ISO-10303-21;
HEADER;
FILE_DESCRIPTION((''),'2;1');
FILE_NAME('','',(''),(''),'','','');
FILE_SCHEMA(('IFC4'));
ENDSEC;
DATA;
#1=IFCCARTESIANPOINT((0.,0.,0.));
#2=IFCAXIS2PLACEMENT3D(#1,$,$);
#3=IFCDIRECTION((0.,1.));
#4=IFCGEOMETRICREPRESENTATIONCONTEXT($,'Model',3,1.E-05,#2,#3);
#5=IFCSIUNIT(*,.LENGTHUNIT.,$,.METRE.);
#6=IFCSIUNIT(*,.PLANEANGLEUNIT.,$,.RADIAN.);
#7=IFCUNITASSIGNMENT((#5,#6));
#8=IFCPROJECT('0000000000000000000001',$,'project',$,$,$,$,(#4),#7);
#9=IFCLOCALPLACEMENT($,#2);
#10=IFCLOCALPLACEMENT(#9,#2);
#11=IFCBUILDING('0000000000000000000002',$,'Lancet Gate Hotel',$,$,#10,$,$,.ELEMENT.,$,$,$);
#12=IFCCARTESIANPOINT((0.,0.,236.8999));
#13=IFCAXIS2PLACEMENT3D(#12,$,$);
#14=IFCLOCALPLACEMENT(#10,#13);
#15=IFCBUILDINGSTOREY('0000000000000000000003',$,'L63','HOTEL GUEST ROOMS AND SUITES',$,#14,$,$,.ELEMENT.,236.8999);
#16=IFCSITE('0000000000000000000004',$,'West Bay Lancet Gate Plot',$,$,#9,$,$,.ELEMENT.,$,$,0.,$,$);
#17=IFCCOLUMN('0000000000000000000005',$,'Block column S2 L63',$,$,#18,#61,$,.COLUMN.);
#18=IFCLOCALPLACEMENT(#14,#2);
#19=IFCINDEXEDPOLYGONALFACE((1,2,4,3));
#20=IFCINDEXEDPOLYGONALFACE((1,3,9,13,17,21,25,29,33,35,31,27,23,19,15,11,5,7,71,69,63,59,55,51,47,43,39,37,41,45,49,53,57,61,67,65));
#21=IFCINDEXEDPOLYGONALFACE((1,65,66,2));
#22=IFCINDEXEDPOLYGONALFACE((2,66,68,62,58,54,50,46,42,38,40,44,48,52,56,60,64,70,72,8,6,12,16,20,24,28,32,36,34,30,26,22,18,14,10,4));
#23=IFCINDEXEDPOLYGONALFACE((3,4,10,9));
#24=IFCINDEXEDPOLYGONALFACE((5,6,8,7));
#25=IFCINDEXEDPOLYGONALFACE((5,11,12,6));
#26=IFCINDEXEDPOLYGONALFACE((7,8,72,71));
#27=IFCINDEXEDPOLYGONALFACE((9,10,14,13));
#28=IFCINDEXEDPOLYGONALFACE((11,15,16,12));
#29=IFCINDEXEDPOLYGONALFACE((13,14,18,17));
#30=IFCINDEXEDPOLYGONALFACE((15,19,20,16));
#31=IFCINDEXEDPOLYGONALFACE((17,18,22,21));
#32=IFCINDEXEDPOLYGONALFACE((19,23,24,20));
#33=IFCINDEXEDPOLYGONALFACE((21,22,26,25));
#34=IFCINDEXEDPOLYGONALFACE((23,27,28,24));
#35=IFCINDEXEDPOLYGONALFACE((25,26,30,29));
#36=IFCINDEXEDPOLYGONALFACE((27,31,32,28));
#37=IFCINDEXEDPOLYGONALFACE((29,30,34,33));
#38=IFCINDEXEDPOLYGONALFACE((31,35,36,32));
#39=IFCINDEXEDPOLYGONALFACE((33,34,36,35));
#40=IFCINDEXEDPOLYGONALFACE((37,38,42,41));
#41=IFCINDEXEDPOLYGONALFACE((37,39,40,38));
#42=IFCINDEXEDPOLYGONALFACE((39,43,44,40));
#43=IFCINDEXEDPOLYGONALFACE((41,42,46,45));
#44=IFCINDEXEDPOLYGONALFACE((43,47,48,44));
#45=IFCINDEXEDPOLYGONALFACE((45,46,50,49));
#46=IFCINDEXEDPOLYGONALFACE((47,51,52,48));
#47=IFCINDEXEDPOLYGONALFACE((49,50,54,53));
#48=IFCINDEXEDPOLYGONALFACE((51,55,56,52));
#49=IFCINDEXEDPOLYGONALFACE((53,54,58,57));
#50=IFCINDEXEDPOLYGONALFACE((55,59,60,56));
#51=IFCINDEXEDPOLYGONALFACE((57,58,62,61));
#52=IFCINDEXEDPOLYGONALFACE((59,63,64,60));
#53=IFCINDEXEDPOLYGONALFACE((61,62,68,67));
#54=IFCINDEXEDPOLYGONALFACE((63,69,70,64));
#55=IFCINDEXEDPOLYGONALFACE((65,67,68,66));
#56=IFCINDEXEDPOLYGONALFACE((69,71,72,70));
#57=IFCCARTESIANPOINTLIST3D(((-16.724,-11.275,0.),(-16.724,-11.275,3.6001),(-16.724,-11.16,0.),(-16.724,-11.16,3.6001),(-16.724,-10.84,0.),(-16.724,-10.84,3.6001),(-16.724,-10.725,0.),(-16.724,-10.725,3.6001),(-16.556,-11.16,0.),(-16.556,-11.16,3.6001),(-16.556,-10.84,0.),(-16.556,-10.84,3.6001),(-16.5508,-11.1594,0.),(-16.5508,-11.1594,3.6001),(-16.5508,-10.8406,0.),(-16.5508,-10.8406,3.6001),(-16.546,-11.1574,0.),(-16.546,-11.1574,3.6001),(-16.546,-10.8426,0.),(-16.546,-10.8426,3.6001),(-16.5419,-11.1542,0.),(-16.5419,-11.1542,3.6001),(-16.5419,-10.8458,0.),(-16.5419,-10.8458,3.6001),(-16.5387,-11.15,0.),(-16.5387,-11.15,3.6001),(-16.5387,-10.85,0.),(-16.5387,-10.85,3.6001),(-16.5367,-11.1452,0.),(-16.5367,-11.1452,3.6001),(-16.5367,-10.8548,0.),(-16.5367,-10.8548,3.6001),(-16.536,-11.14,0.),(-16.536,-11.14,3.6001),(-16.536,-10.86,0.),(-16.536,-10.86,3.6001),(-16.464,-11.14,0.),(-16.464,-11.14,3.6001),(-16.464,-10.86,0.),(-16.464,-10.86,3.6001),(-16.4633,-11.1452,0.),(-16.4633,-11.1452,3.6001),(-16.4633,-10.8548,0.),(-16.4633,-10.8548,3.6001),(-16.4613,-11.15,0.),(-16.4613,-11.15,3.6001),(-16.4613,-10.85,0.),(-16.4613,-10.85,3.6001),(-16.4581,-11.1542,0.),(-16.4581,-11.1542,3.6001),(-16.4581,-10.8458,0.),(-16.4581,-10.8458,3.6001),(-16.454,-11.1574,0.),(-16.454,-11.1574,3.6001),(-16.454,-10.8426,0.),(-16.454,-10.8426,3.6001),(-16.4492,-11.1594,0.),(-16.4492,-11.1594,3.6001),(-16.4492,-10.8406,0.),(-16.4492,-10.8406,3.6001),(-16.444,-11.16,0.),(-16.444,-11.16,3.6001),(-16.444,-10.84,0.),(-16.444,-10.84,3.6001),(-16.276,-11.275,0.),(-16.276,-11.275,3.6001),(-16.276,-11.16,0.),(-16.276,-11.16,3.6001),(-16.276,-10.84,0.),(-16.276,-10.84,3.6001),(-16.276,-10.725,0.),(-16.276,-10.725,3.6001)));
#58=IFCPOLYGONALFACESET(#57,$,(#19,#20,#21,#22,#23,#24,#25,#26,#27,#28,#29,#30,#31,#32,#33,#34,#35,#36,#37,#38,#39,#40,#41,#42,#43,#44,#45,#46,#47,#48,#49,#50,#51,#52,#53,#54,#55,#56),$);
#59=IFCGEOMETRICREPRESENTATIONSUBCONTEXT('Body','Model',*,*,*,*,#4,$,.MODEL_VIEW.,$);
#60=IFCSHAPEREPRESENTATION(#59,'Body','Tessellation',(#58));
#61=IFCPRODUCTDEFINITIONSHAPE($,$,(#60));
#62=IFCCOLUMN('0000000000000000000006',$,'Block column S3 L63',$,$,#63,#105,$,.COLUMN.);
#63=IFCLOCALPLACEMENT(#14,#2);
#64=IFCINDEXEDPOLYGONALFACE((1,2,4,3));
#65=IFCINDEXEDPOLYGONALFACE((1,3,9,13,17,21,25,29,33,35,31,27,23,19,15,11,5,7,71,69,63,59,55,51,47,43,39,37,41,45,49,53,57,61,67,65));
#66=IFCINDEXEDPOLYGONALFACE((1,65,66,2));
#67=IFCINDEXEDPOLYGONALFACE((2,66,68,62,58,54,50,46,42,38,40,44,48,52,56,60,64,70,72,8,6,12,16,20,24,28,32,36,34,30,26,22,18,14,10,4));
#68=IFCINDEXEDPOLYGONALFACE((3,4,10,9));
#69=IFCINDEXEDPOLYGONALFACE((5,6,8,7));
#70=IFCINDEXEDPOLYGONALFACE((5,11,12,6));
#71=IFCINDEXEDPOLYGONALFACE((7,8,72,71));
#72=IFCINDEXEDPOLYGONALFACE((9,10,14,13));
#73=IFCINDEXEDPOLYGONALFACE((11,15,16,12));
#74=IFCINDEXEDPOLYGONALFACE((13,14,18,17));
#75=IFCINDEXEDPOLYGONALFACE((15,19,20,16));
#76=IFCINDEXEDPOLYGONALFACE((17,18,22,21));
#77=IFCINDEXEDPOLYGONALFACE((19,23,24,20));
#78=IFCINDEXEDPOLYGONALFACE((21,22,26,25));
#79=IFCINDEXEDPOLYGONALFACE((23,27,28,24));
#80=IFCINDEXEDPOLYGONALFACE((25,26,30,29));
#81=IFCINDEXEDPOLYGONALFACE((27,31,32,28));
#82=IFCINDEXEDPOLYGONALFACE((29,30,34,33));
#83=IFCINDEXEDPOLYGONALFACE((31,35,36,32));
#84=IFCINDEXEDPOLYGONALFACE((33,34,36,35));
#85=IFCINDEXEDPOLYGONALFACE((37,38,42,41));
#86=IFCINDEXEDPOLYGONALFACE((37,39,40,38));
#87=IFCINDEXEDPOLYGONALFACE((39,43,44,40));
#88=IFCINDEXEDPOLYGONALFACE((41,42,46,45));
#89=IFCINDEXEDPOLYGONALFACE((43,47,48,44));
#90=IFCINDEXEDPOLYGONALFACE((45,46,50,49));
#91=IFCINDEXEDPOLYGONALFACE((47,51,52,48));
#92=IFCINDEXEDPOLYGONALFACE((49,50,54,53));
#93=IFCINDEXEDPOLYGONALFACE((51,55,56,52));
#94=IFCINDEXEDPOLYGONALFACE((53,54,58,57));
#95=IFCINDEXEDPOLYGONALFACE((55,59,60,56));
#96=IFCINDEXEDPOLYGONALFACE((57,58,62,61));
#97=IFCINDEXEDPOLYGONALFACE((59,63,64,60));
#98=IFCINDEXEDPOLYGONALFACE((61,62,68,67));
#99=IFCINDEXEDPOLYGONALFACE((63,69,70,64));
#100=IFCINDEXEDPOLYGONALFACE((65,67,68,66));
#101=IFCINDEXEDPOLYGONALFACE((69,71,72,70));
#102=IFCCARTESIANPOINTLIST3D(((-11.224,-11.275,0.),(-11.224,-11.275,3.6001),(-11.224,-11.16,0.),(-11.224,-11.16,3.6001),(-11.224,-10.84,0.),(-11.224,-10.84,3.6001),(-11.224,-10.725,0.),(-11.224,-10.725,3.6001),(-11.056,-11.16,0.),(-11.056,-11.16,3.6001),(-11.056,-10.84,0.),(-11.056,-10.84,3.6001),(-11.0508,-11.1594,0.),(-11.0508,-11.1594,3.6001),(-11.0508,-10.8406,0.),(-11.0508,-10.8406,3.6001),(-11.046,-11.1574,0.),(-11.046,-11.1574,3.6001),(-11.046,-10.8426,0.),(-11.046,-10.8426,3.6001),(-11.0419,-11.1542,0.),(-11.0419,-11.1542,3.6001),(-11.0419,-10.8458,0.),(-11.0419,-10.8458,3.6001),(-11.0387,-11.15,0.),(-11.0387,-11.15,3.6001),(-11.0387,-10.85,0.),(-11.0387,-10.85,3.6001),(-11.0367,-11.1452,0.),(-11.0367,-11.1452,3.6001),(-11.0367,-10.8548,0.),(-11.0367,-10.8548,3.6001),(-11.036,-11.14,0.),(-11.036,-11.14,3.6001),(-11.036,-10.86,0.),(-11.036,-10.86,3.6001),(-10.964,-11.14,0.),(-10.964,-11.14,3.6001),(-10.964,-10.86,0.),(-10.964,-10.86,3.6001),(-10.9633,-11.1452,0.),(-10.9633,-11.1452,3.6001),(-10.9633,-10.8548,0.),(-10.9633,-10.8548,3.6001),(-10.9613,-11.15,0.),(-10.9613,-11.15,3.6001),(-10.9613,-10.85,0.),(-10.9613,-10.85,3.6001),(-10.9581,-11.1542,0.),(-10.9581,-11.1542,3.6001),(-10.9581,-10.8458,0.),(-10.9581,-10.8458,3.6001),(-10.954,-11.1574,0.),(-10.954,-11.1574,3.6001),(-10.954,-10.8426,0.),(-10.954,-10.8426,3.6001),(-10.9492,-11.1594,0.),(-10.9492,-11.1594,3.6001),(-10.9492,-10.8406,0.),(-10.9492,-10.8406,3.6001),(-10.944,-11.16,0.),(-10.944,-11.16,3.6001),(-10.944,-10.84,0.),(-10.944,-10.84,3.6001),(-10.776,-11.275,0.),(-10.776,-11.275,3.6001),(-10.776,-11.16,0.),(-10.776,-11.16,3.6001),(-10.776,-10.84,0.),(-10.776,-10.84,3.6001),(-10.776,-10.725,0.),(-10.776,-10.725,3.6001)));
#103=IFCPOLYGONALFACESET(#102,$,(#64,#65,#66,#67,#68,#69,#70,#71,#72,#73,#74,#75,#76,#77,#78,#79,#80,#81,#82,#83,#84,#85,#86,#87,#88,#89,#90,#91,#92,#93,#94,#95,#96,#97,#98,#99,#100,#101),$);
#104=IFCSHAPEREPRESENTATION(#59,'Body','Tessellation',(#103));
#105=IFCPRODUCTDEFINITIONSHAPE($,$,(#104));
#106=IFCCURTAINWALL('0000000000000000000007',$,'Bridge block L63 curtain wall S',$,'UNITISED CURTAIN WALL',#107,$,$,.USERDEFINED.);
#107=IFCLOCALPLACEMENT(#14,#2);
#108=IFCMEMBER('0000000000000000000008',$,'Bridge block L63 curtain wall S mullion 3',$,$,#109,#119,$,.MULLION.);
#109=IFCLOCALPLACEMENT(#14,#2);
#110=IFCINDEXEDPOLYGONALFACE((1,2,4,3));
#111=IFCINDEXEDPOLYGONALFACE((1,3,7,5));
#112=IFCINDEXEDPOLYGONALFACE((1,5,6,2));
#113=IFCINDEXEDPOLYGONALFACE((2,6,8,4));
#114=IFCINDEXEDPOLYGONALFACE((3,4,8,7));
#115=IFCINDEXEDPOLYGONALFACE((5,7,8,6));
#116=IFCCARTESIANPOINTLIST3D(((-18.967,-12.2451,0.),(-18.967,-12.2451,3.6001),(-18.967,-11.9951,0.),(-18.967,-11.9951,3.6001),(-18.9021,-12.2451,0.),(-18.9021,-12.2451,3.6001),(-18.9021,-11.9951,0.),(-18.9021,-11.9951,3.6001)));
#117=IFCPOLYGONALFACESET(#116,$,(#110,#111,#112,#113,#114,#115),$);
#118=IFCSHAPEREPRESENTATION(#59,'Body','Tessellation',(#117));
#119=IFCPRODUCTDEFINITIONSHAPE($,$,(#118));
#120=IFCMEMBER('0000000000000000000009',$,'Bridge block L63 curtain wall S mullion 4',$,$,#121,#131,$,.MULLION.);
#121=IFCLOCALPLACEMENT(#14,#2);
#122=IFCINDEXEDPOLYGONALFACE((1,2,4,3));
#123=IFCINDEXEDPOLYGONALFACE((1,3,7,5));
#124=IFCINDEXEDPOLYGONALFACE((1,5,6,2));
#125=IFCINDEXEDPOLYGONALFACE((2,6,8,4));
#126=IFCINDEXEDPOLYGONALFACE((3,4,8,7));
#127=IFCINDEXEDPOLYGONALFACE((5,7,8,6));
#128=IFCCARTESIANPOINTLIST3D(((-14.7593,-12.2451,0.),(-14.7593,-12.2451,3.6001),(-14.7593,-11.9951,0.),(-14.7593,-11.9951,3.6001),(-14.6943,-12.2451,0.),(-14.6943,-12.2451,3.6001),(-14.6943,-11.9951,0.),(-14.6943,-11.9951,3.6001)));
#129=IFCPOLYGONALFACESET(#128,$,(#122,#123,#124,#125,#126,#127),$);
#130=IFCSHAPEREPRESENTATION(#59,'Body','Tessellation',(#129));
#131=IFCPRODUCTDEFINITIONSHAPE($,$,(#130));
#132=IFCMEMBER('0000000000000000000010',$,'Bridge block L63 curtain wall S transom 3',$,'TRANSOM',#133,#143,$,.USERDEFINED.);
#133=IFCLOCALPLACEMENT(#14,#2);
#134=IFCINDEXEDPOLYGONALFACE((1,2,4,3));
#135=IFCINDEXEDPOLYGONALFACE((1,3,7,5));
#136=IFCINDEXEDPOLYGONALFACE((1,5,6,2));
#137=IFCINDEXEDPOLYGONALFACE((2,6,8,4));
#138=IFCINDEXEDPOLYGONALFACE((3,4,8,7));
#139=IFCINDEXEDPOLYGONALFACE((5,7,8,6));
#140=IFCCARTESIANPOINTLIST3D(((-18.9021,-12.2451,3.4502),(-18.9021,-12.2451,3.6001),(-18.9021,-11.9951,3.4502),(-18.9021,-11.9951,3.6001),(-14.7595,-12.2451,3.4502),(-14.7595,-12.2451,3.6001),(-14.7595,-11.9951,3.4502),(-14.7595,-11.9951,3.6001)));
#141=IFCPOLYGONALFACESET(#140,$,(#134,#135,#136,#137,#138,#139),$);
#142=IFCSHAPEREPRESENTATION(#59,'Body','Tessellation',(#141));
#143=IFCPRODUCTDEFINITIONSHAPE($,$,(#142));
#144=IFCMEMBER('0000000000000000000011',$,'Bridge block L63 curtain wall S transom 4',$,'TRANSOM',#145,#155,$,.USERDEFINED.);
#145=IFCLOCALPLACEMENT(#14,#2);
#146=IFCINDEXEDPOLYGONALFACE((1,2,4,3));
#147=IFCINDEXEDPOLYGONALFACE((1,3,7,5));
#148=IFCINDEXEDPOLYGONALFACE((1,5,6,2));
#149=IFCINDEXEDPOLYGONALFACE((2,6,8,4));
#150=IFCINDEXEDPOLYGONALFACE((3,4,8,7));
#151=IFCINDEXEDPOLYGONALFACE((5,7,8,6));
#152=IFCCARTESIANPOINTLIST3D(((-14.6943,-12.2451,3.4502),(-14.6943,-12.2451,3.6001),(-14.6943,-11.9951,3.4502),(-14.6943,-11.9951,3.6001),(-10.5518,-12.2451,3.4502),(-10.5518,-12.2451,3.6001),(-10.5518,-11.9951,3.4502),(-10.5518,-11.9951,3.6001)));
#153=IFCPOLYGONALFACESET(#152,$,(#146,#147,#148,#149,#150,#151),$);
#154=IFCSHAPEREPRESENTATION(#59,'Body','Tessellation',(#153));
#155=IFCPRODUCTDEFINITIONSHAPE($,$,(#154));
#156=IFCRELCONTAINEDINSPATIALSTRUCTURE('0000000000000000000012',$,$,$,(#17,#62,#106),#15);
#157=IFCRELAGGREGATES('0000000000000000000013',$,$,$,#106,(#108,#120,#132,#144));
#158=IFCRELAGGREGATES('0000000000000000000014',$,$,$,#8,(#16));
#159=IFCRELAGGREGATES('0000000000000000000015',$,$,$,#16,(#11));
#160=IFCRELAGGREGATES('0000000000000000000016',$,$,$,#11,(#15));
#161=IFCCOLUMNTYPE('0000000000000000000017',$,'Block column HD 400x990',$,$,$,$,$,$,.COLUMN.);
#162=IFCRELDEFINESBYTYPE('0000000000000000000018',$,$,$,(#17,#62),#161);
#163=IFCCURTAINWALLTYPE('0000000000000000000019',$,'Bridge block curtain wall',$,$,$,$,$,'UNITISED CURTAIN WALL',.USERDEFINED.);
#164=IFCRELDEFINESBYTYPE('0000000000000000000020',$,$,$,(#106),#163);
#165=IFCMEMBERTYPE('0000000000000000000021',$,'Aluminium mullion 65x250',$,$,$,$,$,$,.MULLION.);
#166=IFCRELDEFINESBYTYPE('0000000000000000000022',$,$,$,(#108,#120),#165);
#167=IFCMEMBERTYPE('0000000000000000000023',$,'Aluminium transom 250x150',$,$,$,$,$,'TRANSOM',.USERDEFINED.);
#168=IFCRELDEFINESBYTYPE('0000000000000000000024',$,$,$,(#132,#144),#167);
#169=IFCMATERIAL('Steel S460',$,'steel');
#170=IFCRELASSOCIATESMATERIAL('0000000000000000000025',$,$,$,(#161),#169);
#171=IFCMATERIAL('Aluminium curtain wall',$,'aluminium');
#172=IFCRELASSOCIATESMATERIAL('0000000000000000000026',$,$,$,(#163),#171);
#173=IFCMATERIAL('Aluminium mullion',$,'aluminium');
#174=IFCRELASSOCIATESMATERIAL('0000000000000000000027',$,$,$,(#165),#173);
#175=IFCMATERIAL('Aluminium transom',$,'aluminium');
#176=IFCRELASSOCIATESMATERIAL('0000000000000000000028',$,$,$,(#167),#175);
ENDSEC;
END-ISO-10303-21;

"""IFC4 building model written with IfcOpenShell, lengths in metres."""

from ifc_helpers import new_model, si_unit, direction, frame, origin, origin_2d, place, context, subcontext, project, spatial, rectangle, i_section, extrude, material, material_profile, profile_set, type_object, element, aggregate, save


model = new_model("IFC4")

# Units and contexts
model_context = context("Model", 3, precision=1e-05, world=origin(), true_north=direction((0.0, 1.0)))
body_context = subcontext(model_context, "Body", "Model", "MODEL_VIEW")
ifc_project = project(units=[si_unit("LENGTHUNIT", "METRE"), si_unit("PLANEANGLEUNIT", "RADIAN")], contexts=[model_context])

# Site, building, storey
site_placement = place(None, origin())
site = spatial("IfcSite", under=ifc_project, at=site_placement, Name="West Bay Lancet Gate Plot", CompositionType="ELEMENT", RefElevation=0.0)
building_placement = place(site_placement, origin())
building = spatial("IfcBuilding", under=site, at=building_placement, Name="Lancet Gate Hotel", CompositionType="ELEMENT")
storey_placement = place(building_placement, frame((0.0, 0.0, 236.8999)))
storey = spatial("IfcBuildingStorey", under=building, at=storey_placement, Name="L63", Description="HOTEL GUEST ROOMS AND SUITES", CompositionType="ELEMENT", Elevation=236.8999)

# Columns
ifc_material_1 = material(Name="Steel S460", Category="steel")
ifc_material_profile_1 = material_profile(ifc_material_1, i_section(OverallWidth=0.448, OverallDepth=0.55, WebThickness=0.072, FlangeThickness=0.115, FilletRadius=0.02, at=origin_2d()), Name="HD 400x990")
ifc_profile_set_1 = profile_set([ifc_material_profile_1], Name="Steel S460")
column_type = type_object("IfcColumnType", Name="Block column HD 400x990", PredefinedType="COLUMN", material=ifc_profile_set_1)
for number, where, z_axis, x_axis, name in (
    (1, (-16.5, -11.0, 0.0), (0.0, 0.0, 1.0), (1.0, 0.0, 0.0), "Block column S2 L63"),
    (2, (-11.0, -11.0, 0.0), (0.0, 0.0, 1.0), (1.0, 0.0, 0.0), "Block column S3 L63"),
):
    element("IfcColumn", number, at=place(storey_placement, frame(where, z_axis=z_axis, x_axis=x_axis)), inside=storey, type_object=column_type, Name=name, PredefinedType="COLUMN", context=body_context, shape_type="SweptSolid", body=[
        extrude(i_section(OverallWidth=0.448, OverallDepth=0.55, WebThickness=0.072, FlangeThickness=0.115, FilletRadius=0.02, at=origin_2d()), origin(), (0.0, 0.0, 1.0), 3.6001),
    ])

# Curtain wall, members
ifc_material_2 = material(Name="Aluminium curtain wall", Category="aluminium")
curtain_wall_type = type_object("IfcCurtainWallType", Name="Bridge block curtain wall", ElementType="UNITISED CURTAIN WALL", PredefinedType="USERDEFINED", material=ifc_material_2)
curtain_wall_placement = place(storey_placement, origin())
curtain_wall = element("IfcCurtainWall", 3, at=curtain_wall_placement, inside=storey, type_object=curtain_wall_type, Name="Bridge block L63 curtain wall S", ObjectType="UNITISED CURTAIN WALL", PredefinedType="USERDEFINED")
ifc_material_3 = material(Name="Aluminium mullion", Category="aluminium")
ifc_material_profile_2 = material_profile(ifc_material_3, rectangle(XDim=0.0649, YDim=0.25, at=origin_2d()), Name="MULLION 65x250")
ifc_profile_set_2 = profile_set([ifc_material_profile_2], Name="Aluminium mullion")
member_type_1 = type_object("IfcMemberType", Name="Aluminium mullion 65x250", PredefinedType="MULLION", material=ifc_profile_set_2)
member_1_placement = place(storey_placement, frame((-18.9346, -12.1201, 0.0), z_axis=(0.0, 0.0, 1.0), x_axis=(1.0, 0.0, 0.0)))
member_1 = element("IfcMember", 4, at=member_1_placement, type_object=member_type_1, Name="Bridge block L63 curtain wall S mullion 3", PredefinedType="MULLION", context=body_context, shape_type="SweptSolid", body=[
    extrude(rectangle(XDim=0.0649, YDim=0.25, at=origin_2d()), origin(), (0.0, 0.0, 1.0), 3.6001),
])
member_2_placement = place(storey_placement, frame((-14.7268, -12.1201, 0.0), z_axis=(0.0, 0.0, 1.0), x_axis=(1.0, 0.0, 0.0)))
member_2 = element("IfcMember", 5, at=member_2_placement, type_object=member_type_1, Name="Bridge block L63 curtain wall S mullion 4", PredefinedType="MULLION", context=body_context, shape_type="SweptSolid", body=[
    extrude(rectangle(XDim=0.0649, YDim=0.25, at=origin_2d()), origin(), (0.0, 0.0, 1.0), 3.6001),
])
ifc_material_4 = material(Name="Aluminium transom", Category="aluminium")
ifc_material_profile_3 = material_profile(ifc_material_4, rectangle(XDim=0.25, YDim=0.1499, at=origin_2d()), Name="TRANSOM 250x150")
ifc_profile_set_3 = profile_set([ifc_material_profile_3], Name="Aluminium transom")
member_type_2 = type_object("IfcMemberType", Name="Aluminium transom 250x150", ElementType="TRANSOM", PredefinedType="USERDEFINED", material=ifc_profile_set_3)
member_3_placement = place(storey_placement, frame((-18.9021, -12.1201, 3.5251), z_axis=(1.0, 0.0, 0.0), x_axis=(0.0, 1.0, 0.0)))
member_3 = element("IfcMember", 6, at=member_3_placement, type_object=member_type_2, Name="Bridge block L63 curtain wall S transom 3", ObjectType="TRANSOM", PredefinedType="USERDEFINED", context=body_context, shape_type="SweptSolid", body=[
    extrude(rectangle(XDim=0.25, YDim=0.1499, at=origin_2d()), origin(), (0.0, 0.0, 1.0), 4.1426),
])
member_4_placement = place(storey_placement, frame((-14.6943, -12.1201, 3.5251), z_axis=(1.0, 0.0, 0.0), x_axis=(0.0, 1.0, 0.0)))
member_4 = element("IfcMember", 7, at=member_4_placement, type_object=member_type_2, Name="Bridge block L63 curtain wall S transom 4", ObjectType="TRANSOM", PredefinedType="USERDEFINED", context=body_context, shape_type="SweptSolid", body=[
    extrude(rectangle(XDim=0.25, YDim=0.1499, at=origin_2d()), origin(), (0.0, 0.0, 1.0), 4.1426),
])

aggregate(curtain_wall, [member_1, member_2, member_3, member_4])

save(model, "model.ifc")
